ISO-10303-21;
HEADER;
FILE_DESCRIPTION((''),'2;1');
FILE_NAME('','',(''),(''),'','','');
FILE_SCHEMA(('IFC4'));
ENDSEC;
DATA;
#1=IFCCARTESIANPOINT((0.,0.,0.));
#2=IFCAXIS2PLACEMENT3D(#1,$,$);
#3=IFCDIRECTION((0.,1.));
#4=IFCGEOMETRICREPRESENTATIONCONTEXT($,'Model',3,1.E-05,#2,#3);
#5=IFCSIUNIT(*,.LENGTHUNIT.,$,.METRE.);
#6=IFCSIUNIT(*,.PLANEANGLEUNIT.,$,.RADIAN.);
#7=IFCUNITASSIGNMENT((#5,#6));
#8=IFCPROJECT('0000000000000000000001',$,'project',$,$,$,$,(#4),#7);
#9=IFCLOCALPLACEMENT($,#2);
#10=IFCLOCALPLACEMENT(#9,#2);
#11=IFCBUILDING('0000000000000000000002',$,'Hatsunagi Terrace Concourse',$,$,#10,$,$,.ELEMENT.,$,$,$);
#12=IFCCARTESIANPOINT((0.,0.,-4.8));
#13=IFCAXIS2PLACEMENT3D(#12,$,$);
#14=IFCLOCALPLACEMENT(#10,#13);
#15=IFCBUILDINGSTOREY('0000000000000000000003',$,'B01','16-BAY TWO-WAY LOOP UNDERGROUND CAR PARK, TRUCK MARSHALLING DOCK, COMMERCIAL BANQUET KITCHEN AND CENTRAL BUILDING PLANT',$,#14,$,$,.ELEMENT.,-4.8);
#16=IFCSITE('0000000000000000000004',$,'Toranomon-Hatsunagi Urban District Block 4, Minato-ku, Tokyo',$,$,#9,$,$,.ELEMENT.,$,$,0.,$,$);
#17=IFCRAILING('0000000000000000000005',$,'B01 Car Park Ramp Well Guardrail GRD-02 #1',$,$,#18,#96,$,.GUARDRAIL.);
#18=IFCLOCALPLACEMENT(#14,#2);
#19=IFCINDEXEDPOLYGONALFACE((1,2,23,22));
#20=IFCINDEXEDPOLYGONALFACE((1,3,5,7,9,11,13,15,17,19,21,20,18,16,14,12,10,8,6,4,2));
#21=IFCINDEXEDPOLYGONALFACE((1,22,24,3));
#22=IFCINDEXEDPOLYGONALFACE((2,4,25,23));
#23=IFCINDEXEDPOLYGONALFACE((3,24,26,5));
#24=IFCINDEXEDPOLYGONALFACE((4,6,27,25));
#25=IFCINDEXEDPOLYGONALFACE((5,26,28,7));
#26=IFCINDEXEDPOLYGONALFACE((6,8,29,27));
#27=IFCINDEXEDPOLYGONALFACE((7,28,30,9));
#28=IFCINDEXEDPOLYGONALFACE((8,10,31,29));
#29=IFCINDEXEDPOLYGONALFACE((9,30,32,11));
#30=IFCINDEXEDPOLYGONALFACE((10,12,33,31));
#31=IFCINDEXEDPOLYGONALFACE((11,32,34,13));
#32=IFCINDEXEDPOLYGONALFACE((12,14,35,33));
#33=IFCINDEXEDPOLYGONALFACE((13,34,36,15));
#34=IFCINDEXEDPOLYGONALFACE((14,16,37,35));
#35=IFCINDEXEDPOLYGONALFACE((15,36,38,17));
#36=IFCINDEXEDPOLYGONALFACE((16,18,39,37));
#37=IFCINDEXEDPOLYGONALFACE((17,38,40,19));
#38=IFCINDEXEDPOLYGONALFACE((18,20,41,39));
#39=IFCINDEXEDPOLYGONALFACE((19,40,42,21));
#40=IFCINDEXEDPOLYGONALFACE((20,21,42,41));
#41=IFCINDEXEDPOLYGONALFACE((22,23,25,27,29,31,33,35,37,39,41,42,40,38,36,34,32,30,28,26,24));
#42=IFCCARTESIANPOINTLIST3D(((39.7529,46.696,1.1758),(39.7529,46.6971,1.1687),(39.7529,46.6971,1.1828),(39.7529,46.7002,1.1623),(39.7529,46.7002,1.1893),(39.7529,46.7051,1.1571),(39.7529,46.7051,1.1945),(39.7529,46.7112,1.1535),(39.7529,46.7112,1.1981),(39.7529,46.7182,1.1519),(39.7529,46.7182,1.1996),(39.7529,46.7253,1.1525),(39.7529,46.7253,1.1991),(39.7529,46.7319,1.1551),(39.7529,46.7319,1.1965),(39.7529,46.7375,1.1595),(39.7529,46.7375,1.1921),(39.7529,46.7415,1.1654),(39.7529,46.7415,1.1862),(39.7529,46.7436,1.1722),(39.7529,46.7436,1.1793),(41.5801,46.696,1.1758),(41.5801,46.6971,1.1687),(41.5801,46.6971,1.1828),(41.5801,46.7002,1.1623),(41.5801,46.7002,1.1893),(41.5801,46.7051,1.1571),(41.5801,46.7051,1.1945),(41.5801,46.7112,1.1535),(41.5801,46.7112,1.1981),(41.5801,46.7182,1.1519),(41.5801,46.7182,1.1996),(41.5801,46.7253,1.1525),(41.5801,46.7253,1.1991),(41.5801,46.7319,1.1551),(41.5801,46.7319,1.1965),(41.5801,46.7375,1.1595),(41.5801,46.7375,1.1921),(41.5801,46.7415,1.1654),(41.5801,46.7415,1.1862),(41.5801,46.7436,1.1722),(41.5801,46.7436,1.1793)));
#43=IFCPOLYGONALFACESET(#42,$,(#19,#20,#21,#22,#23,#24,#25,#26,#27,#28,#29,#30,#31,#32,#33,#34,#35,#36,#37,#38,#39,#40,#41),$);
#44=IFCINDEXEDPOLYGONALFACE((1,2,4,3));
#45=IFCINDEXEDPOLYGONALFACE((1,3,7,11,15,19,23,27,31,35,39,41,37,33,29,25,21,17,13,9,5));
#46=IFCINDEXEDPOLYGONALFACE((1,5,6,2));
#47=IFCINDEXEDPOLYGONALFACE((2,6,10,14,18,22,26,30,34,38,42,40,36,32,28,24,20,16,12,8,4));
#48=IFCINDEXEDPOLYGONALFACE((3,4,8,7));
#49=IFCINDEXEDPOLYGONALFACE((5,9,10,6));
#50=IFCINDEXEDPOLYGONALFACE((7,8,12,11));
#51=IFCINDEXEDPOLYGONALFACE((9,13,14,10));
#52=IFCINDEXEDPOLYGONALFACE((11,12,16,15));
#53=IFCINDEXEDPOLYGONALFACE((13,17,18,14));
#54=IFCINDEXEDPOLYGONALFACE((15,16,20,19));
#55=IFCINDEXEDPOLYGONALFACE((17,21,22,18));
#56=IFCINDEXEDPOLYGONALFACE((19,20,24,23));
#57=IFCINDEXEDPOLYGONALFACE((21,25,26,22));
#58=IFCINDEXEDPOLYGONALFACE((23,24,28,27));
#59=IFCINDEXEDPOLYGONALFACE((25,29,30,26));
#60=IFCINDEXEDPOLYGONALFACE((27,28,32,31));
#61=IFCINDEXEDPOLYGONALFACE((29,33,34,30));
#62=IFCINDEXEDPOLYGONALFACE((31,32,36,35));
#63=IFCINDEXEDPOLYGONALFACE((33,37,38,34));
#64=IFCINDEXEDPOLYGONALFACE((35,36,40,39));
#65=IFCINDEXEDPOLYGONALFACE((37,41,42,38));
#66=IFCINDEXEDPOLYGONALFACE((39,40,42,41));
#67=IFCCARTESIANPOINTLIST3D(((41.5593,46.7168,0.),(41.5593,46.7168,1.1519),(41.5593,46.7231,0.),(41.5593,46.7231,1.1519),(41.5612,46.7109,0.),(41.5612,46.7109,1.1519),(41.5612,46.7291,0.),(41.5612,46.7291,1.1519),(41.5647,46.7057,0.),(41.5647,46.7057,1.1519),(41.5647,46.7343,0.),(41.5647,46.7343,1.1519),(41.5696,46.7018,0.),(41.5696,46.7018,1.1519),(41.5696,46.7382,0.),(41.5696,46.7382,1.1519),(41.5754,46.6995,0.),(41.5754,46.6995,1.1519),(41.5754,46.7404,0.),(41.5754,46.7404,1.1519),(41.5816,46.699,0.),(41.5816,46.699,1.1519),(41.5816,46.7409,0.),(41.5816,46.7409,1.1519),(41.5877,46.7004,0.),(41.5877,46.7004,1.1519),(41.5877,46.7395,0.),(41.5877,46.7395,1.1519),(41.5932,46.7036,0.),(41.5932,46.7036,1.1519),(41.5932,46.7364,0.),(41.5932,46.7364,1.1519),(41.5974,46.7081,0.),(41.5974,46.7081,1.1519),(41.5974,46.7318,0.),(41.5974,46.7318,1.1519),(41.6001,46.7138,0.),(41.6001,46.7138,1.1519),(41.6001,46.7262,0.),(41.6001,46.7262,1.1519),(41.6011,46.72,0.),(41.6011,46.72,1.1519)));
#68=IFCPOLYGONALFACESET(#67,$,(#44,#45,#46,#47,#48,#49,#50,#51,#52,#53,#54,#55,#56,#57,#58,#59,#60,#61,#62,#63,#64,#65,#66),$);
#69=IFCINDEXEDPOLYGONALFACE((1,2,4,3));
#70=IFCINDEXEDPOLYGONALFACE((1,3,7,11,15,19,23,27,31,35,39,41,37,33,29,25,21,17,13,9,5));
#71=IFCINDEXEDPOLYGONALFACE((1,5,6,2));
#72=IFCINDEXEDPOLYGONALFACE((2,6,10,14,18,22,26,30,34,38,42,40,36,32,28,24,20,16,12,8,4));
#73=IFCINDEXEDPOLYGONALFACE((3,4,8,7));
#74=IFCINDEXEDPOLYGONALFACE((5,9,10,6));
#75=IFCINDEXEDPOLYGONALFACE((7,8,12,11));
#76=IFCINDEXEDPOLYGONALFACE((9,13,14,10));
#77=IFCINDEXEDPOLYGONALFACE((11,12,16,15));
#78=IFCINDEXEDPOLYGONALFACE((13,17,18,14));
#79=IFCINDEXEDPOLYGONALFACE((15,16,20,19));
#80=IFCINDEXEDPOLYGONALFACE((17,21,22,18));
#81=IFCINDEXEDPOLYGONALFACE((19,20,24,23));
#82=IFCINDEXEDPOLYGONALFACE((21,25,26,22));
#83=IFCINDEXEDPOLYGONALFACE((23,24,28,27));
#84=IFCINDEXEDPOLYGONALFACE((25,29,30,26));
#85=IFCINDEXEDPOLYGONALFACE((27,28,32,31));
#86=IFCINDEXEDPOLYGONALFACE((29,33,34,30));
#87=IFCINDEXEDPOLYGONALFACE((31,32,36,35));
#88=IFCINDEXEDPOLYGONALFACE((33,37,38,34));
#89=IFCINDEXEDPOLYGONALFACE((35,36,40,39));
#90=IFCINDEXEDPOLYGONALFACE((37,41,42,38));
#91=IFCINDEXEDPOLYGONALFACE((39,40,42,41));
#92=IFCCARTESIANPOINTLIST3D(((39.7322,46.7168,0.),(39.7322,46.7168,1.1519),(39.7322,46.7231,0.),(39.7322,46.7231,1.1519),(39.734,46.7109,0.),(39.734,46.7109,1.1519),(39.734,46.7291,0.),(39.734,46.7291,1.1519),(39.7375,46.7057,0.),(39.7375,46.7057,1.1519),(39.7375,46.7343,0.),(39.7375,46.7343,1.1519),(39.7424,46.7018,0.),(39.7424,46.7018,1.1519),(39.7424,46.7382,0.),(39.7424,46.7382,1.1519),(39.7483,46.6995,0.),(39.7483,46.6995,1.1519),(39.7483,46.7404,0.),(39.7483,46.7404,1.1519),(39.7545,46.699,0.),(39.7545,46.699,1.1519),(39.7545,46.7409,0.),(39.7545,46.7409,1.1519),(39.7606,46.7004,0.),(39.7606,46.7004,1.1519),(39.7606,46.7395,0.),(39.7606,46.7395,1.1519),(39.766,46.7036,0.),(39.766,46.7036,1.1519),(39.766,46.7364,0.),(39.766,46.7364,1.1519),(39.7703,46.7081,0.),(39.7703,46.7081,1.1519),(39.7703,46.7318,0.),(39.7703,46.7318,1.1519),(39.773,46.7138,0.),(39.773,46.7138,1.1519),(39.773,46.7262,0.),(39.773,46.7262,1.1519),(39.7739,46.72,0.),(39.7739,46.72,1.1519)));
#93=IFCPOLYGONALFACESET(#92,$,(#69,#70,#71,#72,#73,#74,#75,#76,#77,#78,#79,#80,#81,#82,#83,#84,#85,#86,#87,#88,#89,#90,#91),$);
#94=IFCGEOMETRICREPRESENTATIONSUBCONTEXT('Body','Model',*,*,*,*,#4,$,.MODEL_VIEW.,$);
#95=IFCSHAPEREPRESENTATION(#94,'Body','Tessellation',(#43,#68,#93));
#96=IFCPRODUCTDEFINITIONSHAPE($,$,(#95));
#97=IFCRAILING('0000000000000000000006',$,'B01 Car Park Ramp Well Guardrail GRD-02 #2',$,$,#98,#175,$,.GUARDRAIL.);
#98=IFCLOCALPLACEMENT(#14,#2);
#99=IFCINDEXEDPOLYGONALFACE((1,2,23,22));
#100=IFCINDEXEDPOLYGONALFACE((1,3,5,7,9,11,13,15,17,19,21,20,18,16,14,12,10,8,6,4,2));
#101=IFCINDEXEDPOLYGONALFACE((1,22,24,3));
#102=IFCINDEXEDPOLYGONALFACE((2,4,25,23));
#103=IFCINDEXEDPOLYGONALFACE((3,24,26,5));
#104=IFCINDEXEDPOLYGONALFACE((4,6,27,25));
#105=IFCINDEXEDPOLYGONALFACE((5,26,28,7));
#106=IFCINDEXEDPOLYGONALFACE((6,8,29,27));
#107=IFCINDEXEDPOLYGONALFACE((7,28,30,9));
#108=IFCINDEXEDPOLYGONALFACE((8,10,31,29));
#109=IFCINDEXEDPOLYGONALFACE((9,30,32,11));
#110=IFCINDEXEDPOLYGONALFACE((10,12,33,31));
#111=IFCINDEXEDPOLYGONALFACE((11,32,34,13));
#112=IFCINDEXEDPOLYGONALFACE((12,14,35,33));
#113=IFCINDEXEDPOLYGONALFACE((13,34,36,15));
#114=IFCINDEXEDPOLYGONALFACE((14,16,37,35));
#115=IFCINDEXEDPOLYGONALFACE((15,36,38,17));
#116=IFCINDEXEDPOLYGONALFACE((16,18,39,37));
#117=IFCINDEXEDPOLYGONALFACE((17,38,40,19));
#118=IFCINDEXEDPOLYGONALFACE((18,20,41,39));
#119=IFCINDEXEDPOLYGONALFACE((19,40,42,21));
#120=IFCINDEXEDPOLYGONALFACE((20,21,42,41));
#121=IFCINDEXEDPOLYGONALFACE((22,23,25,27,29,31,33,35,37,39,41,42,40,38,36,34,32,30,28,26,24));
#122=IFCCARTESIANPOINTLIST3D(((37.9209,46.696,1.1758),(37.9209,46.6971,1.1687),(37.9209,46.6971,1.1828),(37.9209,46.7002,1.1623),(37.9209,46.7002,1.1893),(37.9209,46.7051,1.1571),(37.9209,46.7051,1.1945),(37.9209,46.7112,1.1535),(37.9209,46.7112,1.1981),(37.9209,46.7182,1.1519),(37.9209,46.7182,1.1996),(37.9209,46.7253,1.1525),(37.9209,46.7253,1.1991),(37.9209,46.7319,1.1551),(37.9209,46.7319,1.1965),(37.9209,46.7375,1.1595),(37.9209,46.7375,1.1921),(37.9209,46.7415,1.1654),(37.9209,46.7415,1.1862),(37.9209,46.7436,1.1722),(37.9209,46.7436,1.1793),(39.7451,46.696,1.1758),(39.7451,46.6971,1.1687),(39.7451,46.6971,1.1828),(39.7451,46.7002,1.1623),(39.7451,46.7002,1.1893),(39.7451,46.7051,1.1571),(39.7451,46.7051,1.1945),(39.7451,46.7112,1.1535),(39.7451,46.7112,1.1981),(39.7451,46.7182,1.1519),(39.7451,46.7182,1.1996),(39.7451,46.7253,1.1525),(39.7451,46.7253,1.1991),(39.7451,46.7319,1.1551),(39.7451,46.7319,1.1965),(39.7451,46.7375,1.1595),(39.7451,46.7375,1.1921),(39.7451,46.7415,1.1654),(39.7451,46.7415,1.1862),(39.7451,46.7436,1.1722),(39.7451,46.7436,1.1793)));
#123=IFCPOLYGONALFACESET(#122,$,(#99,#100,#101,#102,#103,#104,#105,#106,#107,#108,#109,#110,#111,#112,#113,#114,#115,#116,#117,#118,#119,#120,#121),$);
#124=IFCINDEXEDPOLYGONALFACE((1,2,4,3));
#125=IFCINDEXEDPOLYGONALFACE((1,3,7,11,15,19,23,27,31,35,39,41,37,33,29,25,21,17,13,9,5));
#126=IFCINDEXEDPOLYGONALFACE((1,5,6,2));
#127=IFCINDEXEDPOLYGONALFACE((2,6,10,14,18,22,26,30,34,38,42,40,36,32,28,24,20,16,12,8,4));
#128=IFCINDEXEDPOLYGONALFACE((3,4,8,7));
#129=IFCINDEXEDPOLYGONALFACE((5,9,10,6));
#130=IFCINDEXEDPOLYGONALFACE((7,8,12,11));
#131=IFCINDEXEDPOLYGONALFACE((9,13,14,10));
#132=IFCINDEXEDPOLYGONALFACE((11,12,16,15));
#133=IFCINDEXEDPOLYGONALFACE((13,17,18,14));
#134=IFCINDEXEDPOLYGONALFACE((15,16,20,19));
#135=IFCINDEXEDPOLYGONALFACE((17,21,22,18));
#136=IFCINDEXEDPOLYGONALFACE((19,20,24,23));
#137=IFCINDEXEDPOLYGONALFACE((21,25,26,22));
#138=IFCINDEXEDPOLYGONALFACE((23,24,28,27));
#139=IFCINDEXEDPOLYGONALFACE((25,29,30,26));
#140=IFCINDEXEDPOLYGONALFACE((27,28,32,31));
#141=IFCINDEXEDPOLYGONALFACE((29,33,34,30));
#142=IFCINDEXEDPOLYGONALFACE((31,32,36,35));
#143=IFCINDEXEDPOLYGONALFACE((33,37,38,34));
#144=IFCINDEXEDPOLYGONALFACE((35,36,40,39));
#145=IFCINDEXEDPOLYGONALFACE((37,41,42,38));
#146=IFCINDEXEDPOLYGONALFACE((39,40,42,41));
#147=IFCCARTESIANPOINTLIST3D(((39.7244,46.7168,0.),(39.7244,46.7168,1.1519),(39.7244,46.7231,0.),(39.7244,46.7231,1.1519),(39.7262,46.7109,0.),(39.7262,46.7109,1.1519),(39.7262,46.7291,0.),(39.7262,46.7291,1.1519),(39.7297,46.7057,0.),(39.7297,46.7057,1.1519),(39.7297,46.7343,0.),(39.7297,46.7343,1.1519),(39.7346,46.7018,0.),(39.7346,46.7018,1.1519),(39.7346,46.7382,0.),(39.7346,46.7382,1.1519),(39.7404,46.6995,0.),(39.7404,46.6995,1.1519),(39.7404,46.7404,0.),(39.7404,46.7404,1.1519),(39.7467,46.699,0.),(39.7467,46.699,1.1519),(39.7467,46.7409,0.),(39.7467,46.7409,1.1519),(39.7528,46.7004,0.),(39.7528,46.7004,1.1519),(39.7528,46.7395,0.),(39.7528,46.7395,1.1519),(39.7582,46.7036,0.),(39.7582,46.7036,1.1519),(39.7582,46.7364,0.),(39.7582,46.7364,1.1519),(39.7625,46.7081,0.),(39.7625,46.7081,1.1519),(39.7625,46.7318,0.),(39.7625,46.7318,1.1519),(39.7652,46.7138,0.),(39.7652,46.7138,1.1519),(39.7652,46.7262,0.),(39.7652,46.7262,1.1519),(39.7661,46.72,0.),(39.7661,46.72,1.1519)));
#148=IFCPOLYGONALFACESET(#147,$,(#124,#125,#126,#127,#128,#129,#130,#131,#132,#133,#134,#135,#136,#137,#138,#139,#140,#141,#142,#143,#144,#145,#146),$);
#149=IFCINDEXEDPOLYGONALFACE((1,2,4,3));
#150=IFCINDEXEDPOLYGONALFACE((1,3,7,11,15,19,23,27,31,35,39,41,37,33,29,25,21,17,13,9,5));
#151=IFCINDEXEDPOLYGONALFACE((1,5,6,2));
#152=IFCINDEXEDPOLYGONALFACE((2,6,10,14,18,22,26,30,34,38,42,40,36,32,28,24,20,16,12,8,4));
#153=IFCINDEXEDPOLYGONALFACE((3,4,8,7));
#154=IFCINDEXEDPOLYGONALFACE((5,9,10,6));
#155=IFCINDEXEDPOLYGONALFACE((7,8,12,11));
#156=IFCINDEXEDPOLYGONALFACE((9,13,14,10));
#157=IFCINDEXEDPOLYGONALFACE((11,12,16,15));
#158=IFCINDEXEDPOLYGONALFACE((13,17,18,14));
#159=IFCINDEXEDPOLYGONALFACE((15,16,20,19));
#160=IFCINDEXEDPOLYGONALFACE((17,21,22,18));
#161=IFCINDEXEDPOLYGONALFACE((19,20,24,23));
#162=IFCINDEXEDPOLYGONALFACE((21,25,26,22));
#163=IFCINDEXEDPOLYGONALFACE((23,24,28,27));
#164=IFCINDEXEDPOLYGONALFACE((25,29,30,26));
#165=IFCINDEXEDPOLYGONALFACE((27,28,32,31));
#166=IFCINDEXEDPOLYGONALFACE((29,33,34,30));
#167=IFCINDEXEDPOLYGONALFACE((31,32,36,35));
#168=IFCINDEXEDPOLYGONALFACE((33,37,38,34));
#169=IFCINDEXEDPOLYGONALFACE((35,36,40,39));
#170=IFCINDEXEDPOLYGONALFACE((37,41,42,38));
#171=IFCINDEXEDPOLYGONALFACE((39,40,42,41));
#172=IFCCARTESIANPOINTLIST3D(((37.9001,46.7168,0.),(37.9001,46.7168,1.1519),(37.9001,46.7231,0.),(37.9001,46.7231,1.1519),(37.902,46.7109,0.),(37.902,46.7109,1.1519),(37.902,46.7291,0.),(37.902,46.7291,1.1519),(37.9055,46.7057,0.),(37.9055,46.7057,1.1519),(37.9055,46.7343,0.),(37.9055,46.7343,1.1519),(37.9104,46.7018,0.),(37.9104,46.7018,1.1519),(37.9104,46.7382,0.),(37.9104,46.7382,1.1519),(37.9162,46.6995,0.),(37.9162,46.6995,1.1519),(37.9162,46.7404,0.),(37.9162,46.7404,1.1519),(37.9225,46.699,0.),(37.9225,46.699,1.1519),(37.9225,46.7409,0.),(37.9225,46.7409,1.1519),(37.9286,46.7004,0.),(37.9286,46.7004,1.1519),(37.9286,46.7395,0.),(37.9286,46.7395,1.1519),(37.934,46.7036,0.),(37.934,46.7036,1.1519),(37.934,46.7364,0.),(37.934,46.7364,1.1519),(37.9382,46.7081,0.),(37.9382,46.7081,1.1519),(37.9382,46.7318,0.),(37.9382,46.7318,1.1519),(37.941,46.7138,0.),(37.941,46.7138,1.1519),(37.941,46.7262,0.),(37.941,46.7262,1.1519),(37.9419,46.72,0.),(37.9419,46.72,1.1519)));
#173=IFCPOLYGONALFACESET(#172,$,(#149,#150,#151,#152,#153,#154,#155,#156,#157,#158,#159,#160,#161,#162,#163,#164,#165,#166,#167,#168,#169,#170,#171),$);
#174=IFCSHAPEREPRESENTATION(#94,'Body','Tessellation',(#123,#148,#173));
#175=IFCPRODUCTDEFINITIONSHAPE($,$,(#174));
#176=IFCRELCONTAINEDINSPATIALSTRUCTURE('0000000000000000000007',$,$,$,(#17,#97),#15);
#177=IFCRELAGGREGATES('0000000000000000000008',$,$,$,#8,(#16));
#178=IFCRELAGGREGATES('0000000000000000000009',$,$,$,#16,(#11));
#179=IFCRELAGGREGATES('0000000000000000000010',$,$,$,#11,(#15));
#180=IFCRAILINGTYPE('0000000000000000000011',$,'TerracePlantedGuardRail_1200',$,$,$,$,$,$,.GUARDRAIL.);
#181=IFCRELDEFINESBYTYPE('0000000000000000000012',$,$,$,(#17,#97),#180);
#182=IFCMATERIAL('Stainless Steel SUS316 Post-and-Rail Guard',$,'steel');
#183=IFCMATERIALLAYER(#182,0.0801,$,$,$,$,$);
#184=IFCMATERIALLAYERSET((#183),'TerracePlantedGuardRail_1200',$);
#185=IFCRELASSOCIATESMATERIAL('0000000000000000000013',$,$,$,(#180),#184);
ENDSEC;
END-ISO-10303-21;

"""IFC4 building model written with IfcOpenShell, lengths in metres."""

from ifc_helpers import new_model, si_unit, direction, frame, origin, origin_2d, place, context, subcontext, project, spatial, circle, extrude, material, layer, layer_set, type_object, element, save


model = new_model("IFC4")

# Units and contexts
model_context = context("Model", 3, precision=1e-05, world=origin(), true_north=direction((0.0, 1.0)))
body_context = subcontext(model_context, "Body", "Model", "MODEL_VIEW")
ifc_project = project(units=[si_unit("LENGTHUNIT", "METRE"), si_unit("PLANEANGLEUNIT", "RADIAN")], contexts=[model_context])

# Site, building, storey
site_placement = place(None, origin())
site = spatial("IfcSite", under=ifc_project, at=site_placement, Name="Toranomon-Hatsunagi Urban District Block 4, Minato-ku, Tokyo", CompositionType="ELEMENT", RefElevation=0.0)
building_placement = place(site_placement, origin())
building = spatial("IfcBuilding", under=site, at=building_placement, Name="Hatsunagi Terrace Concourse", CompositionType="ELEMENT")
storey_placement = place(building_placement, frame((0.0, 0.0, -4.8)))
storey = spatial("IfcBuildingStorey", under=building, at=storey_placement, Name="B01", Description="16-BAY TWO-WAY LOOP UNDERGROUND CAR PARK, TRUCK MARSHALLING DOCK, COMMERCIAL BANQUET KITCHEN AND CENTRAL BUILDING PLANT", CompositionType="ELEMENT", Elevation=-4.8)

# Railings
ifc_material_1 = material(Name="Stainless Steel SUS316 Post-and-Rail Guard", Category="steel")
ifc_layer_1 = layer(ifc_material_1, 0.0801)
ifc_layer_set_1 = layer_set([ifc_layer_1], Name="TerracePlantedGuardRail_1200")
railing_type = type_object("IfcRailingType", Name="TerracePlantedGuardRail_1200", PredefinedType="GUARDRAIL", material=ifc_layer_set_1)
railing_1_placement = place(storey_placement, frame((41.5801, 46.72, 0.0)))
element("IfcRailing", 1, at=railing_1_placement, inside=storey, type_object=railing_type, Name="B01 Car Park Ramp Well Guardrail GRD-02 #1", PredefinedType="GUARDRAIL", context=body_context, shape_type="SweptSolid", body=[
    extrude(circle(Radius=0.0239, at=origin_2d()), frame((0.0, 0.0, 1.1758), z_axis=(-1.0, 0.0, 0.0), x_axis=(0.0, -1.0, 0.0)), (0.0, 0.0, 1.0), 1.8271),
    extrude(circle(Radius=0.021, at=origin_2d()), origin(), (0.0, 0.0, 1.0), 1.1519),
    extrude(circle(Radius=0.021, at=origin_2d()), frame((-1.8271, 0.0, 0.0)), (0.0, 0.0, 1.0), 1.1519),
])
railing_2_placement = place(storey_placement, frame((39.7451, 46.72, 0.0)))
element("IfcRailing", 2, at=railing_2_placement, inside=storey, type_object=railing_type, Name="B01 Car Park Ramp Well Guardrail GRD-02 #2", PredefinedType="GUARDRAIL", context=body_context, shape_type="SweptSolid", body=[
    extrude(circle(Radius=0.0239, at=origin_2d()), frame((0.0, 0.0, 1.1758), z_axis=(-1.0, 0.0, 0.0), x_axis=(0.0, -1.0, 0.0)), (0.0, 0.0, 1.0), 1.8242),
    extrude(circle(Radius=0.021, at=origin_2d()), origin(), (0.0, 0.0, 1.0), 1.1519),
    extrude(circle(Radius=0.021, at=origin_2d()), frame((-1.8242, 0.0, 0.0)), (0.0, 0.0, 1.0), 1.1519),
])

save(model, "model.ifc")
